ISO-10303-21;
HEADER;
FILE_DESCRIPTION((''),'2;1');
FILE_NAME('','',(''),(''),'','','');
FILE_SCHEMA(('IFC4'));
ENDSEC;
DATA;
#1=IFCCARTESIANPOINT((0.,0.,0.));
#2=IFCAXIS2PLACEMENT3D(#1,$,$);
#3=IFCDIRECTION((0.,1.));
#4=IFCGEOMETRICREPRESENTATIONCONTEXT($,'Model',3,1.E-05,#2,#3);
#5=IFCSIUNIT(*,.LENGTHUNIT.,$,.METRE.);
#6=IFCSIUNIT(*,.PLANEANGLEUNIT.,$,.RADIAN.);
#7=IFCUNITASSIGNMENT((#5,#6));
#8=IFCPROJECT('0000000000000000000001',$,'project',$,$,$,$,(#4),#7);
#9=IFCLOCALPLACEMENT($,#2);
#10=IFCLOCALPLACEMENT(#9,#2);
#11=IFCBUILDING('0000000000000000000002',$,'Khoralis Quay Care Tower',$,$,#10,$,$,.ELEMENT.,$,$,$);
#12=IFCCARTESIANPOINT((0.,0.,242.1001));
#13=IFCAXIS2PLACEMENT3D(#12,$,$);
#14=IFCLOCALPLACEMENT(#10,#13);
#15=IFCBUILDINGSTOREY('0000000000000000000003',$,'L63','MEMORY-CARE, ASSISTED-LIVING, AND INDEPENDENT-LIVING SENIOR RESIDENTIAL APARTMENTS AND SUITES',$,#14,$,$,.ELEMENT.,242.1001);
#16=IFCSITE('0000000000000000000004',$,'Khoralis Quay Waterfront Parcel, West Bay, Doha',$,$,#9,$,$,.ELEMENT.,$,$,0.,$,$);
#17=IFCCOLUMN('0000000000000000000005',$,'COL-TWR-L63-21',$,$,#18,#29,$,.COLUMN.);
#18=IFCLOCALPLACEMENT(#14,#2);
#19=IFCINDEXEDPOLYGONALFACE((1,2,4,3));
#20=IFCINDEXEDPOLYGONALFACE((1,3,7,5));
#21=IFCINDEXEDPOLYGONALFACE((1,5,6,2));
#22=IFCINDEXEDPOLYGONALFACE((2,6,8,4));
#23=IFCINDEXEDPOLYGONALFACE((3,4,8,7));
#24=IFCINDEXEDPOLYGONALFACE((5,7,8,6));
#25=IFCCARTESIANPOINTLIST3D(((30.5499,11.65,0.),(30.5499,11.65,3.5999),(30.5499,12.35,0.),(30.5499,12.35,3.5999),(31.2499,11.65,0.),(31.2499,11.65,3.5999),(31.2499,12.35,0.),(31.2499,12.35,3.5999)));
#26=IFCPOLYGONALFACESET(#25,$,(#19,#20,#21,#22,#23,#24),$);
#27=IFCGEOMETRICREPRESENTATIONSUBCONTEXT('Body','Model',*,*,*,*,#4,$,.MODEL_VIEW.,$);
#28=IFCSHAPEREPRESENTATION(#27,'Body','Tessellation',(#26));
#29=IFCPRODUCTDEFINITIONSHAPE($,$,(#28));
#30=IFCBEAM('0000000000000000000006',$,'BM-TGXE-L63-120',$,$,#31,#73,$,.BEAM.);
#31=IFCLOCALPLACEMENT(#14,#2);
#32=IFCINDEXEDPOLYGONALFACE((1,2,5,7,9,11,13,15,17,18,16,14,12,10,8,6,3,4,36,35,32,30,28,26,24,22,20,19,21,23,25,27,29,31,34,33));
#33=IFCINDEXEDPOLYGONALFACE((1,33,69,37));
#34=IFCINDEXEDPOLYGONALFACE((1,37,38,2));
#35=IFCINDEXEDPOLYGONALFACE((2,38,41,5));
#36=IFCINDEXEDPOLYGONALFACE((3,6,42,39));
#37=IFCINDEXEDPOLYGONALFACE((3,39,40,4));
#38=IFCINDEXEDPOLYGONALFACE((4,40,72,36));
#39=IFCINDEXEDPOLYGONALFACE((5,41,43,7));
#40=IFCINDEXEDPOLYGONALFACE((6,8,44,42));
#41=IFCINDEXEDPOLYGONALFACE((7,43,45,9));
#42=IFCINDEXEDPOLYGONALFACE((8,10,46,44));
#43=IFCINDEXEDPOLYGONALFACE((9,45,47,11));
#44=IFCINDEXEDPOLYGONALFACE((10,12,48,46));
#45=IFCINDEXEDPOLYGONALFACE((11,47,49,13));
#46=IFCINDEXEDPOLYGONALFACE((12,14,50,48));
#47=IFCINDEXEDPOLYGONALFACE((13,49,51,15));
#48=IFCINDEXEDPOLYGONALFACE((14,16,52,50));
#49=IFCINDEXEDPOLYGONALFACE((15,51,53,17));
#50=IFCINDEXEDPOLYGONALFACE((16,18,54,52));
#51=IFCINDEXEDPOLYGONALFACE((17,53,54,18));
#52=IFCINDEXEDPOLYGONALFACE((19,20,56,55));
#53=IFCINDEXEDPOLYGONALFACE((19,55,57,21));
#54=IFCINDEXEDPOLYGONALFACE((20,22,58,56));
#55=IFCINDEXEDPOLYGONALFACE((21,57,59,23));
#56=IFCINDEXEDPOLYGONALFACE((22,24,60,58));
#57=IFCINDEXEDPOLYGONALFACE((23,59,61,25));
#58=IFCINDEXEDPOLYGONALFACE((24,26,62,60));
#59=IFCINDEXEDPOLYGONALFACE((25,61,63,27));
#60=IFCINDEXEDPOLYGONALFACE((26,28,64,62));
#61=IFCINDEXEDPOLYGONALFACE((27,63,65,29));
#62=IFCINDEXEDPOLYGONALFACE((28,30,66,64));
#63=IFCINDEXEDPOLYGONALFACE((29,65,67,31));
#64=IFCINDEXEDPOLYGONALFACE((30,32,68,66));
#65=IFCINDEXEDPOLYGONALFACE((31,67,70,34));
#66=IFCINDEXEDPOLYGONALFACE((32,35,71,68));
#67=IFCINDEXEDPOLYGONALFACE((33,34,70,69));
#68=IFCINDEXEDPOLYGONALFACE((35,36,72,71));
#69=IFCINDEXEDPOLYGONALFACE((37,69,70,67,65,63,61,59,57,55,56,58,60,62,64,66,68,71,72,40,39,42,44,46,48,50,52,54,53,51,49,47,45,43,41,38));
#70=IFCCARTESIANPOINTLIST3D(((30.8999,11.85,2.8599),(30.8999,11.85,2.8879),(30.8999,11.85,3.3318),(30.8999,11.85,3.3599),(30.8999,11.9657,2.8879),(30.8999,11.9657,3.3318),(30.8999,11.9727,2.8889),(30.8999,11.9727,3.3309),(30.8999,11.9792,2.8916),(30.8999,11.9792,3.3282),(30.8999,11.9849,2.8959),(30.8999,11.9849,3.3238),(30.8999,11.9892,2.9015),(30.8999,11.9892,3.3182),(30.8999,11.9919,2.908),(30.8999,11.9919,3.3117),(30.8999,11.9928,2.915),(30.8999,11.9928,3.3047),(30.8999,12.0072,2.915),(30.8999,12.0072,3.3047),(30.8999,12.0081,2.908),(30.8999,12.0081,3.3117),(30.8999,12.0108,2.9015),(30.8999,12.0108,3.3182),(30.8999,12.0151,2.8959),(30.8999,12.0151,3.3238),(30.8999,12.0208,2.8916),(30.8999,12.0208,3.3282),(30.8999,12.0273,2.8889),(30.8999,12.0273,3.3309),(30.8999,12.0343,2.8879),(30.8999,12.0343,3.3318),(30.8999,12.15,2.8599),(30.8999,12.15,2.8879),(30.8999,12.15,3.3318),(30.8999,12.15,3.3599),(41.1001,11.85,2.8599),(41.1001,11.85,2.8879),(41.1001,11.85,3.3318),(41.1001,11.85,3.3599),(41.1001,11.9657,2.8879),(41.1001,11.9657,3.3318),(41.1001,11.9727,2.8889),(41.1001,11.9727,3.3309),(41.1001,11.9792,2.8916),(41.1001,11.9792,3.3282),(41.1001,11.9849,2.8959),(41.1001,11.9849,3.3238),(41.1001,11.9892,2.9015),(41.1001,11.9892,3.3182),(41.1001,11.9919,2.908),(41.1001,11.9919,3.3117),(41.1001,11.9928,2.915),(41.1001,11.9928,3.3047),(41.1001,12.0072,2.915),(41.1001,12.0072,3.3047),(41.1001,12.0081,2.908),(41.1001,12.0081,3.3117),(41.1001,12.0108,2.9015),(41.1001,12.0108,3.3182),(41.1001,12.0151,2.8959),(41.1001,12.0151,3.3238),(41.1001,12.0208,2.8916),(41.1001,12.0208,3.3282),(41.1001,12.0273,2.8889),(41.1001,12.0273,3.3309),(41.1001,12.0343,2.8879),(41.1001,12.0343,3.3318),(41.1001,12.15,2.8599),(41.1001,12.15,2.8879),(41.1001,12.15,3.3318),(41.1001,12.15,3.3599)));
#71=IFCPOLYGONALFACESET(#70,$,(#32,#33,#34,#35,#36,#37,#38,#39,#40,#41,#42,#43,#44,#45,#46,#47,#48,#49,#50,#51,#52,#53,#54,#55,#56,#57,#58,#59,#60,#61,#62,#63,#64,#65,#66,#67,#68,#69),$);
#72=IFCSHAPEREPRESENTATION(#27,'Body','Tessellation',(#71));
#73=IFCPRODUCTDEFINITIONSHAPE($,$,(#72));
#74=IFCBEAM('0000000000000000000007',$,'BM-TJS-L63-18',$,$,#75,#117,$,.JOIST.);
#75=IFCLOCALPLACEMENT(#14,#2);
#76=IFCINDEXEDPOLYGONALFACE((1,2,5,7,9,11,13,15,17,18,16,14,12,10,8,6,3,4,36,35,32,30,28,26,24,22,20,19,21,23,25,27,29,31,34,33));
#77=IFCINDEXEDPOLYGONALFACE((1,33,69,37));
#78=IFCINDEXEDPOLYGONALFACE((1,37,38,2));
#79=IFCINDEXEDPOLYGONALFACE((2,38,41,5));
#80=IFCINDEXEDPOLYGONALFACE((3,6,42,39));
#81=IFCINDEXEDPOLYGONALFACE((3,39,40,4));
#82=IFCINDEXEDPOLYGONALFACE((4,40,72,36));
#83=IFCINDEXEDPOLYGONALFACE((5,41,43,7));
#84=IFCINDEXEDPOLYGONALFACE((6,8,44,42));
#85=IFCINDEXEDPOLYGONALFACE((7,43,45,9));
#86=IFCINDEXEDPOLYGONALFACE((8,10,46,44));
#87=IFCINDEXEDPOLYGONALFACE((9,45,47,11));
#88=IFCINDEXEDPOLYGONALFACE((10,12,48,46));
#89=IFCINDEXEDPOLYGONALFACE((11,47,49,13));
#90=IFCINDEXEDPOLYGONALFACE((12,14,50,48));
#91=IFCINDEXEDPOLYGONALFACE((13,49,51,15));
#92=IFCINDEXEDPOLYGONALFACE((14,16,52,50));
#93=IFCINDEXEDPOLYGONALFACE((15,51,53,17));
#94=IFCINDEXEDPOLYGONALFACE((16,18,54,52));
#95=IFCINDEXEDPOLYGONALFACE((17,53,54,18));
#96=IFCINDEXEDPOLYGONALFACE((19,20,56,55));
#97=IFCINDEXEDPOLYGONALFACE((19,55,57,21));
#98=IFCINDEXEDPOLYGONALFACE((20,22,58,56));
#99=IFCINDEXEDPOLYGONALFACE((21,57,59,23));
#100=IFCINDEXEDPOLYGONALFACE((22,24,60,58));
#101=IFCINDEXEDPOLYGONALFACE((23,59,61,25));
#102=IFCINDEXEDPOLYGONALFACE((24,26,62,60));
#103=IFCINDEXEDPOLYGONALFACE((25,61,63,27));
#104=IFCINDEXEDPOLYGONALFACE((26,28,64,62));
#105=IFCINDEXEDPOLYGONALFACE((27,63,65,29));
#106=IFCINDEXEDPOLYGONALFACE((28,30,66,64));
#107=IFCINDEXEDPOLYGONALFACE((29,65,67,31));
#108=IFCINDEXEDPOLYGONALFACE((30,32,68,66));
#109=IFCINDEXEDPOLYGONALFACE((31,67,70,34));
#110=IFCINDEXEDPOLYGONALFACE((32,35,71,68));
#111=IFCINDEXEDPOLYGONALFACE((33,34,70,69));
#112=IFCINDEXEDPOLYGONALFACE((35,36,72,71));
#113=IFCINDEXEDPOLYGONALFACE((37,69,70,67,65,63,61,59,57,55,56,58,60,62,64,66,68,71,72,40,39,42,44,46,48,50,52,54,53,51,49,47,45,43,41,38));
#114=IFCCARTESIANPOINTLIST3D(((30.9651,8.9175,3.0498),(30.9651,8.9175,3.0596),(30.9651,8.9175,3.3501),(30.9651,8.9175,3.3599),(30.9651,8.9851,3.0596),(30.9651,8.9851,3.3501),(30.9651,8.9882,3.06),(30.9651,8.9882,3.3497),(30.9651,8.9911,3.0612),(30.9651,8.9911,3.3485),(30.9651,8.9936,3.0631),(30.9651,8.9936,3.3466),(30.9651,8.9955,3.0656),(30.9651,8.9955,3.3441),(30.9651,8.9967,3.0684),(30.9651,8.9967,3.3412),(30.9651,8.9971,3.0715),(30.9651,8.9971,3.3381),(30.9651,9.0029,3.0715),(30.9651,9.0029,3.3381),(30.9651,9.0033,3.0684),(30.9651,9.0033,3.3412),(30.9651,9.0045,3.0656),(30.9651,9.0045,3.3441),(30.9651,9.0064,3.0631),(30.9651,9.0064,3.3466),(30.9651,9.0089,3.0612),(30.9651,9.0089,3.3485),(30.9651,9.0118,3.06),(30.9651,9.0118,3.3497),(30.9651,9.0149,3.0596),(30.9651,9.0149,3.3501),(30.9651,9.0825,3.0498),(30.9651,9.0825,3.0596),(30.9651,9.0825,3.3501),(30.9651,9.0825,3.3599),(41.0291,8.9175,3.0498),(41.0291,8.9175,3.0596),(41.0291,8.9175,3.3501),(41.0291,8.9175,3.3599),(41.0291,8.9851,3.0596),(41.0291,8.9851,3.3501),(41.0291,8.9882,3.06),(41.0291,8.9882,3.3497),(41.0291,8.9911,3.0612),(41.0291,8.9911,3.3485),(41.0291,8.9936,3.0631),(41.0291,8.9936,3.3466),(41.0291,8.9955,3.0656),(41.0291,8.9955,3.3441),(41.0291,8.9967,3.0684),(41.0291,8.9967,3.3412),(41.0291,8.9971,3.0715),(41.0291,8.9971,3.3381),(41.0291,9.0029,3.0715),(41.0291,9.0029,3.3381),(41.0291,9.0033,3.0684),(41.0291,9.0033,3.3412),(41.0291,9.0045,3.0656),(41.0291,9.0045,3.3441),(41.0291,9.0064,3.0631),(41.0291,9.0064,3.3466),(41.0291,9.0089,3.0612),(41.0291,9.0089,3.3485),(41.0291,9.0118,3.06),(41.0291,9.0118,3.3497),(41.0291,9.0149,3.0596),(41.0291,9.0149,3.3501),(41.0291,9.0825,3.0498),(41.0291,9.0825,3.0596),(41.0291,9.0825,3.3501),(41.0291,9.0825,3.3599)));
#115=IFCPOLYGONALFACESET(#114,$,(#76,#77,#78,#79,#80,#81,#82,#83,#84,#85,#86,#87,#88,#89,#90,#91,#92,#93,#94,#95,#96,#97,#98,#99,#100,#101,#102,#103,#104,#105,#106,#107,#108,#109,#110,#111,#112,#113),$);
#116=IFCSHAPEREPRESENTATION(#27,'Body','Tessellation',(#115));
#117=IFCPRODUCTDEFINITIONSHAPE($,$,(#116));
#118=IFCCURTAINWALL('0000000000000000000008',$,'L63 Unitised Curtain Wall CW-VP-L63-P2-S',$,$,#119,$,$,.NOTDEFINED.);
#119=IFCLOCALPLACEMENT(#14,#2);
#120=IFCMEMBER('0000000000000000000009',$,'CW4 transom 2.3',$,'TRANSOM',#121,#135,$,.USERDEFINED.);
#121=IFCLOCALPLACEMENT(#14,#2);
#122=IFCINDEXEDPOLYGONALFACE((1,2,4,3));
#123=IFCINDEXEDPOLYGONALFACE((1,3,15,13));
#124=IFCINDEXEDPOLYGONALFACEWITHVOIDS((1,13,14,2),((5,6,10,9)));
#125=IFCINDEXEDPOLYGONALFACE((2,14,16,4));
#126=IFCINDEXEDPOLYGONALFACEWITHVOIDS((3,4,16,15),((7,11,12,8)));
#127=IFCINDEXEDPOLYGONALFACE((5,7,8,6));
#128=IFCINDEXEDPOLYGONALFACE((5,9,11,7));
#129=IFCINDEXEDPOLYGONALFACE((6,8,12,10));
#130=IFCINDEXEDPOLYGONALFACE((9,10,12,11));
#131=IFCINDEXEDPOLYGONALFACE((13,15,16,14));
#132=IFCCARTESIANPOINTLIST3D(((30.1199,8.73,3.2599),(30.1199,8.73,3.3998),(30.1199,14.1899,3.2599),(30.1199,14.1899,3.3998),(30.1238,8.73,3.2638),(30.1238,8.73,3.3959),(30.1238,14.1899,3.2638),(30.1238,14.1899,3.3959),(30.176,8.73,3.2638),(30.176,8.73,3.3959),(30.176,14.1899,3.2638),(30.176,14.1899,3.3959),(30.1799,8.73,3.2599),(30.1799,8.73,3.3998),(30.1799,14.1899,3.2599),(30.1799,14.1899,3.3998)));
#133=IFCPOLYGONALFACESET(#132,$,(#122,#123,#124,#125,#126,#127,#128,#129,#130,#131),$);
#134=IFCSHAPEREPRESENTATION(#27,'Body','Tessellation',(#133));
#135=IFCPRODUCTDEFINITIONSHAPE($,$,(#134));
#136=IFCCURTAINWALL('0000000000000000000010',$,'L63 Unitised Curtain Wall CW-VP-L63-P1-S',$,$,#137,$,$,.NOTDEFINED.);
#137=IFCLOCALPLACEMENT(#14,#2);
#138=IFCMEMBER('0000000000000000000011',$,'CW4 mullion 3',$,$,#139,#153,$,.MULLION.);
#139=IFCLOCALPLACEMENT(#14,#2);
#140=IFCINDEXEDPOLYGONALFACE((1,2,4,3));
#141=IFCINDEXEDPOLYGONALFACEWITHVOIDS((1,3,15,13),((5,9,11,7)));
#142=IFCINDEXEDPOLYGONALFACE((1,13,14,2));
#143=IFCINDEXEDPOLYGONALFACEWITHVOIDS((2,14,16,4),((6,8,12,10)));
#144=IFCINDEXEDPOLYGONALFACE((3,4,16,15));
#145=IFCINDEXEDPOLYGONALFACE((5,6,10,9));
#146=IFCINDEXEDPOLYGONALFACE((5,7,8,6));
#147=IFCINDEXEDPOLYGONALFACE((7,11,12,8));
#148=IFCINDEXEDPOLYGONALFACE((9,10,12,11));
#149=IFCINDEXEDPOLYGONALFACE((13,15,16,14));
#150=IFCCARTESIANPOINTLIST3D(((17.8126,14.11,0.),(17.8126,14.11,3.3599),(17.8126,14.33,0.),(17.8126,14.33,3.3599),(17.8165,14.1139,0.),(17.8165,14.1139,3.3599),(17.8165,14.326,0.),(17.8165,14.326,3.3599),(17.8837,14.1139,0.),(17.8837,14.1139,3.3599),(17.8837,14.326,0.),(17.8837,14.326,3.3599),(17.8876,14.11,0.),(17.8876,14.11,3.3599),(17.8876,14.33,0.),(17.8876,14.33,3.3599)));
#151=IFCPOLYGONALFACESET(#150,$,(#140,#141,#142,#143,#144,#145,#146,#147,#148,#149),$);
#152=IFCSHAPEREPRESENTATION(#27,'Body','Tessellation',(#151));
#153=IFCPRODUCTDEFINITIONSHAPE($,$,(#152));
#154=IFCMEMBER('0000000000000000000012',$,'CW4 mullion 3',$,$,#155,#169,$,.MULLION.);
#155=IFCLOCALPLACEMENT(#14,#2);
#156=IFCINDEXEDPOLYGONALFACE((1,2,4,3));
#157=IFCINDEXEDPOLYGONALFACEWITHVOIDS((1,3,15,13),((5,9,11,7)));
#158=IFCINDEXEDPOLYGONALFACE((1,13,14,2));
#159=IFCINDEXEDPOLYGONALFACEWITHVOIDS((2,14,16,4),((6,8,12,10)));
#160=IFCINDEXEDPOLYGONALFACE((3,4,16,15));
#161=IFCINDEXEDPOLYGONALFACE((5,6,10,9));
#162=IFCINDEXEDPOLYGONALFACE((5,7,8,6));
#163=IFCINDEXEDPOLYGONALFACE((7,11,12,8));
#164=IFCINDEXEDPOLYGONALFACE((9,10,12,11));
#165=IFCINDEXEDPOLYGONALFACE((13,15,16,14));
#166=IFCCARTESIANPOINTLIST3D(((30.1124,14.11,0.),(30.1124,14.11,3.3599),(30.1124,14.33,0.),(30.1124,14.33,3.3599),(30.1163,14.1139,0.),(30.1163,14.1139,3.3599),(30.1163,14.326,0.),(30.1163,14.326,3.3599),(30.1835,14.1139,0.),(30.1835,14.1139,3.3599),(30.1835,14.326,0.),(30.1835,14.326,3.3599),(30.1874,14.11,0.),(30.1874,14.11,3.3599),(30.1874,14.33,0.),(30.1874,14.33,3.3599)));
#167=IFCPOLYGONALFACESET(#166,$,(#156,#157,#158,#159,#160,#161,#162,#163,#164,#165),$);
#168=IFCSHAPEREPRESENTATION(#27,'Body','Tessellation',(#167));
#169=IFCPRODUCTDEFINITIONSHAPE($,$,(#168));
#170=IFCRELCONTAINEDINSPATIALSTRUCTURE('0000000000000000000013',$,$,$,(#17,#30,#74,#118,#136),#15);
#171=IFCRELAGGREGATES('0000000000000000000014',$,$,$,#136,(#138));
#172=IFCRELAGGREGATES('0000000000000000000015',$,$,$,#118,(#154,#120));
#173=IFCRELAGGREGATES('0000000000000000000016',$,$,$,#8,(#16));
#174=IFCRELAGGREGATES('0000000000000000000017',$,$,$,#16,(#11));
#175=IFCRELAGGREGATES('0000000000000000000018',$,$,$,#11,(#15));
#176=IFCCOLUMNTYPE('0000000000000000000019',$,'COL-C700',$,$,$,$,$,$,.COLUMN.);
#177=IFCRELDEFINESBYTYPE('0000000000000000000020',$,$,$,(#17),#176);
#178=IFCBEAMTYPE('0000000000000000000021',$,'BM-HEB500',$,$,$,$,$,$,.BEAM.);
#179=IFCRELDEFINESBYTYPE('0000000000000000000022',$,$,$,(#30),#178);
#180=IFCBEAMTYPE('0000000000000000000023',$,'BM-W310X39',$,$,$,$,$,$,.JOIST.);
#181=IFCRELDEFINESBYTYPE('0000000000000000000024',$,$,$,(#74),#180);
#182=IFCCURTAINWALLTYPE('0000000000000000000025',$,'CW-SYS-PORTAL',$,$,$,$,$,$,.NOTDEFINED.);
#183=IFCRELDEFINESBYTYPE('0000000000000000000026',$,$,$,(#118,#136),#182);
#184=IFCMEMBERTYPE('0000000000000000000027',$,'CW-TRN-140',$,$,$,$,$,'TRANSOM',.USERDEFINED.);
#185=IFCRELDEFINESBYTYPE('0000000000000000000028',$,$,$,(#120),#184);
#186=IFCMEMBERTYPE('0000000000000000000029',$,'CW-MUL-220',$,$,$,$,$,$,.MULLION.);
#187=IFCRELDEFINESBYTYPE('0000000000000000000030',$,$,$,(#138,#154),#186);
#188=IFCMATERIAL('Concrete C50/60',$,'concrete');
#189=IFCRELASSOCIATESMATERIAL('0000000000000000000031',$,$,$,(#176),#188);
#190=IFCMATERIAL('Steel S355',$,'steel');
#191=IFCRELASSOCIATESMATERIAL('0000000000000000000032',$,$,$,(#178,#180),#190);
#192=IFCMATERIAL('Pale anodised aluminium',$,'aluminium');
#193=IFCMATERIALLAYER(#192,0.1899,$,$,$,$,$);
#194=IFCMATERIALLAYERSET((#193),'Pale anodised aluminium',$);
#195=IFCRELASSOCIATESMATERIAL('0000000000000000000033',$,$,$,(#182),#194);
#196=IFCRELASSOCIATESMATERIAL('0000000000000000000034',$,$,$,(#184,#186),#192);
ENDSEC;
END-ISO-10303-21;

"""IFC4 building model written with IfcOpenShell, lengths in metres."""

from ifc_helpers import new_model, si_unit, direction, frame, origin, origin_2d, place, context, subcontext, project, spatial, rectangle, hollow_rectangle, i_section, extrude, source, transform, mapped, material, layer, layer_set, material_profile, profile_set, type_object, element, aggregate, save


model = new_model("IFC4")

# Units and contexts
model_context = context("Model", 3, precision=1e-05, world=origin(), true_north=direction((0.0, 1.0)))
body_context = subcontext(model_context, "Body", "Model", "MODEL_VIEW")
ifc_project = project(units=[si_unit("LENGTHUNIT", "METRE"), si_unit("PLANEANGLEUNIT", "RADIAN")], contexts=[model_context])

# Site, building, storey
site_placement = place(None, origin())
site = spatial("IfcSite", under=ifc_project, at=site_placement, Name="Khoralis Quay Waterfront Parcel, West Bay, Doha", CompositionType="ELEMENT", RefElevation=0.0)
building_placement = place(site_placement, origin())
building = spatial("IfcBuilding", under=site, at=building_placement, Name="Khoralis Quay Care Tower", CompositionType="ELEMENT")
storey_placement = place(building_placement, frame((0.0, 0.0, 242.1001)))
storey = spatial("IfcBuildingStorey", under=building, at=storey_placement, Name="L63", Description="MEMORY-CARE, ASSISTED-LIVING, AND INDEPENDENT-LIVING SENIOR RESIDENTIAL APARTMENTS AND SUITES", CompositionType="ELEMENT", Elevation=242.1001)

# Column
ifc_material_1 = material(Name="Concrete C50/60", Category="concrete")
ifc_material_profile_1 = material_profile(ifc_material_1, rectangle(XDim=0.7, YDim=0.7, at=origin_2d()), Name="Concrete C50/60")
ifc_profile_set_1 = profile_set([ifc_material_profile_1], Name="Concrete C50/60")
column_type = type_object("IfcColumnType", Name="COL-C700", PredefinedType="COLUMN", material=ifc_profile_set_1)
shared_shape_1 = source(origin(), body_context, "Body", "SweptSolid", [
    extrude(rectangle(XDim=0.7, YDim=0.7, at=origin_2d()), origin(), (0.0, 0.0, 1.0), 3.5999),
])
column_placement = place(storey_placement, frame((30.8999, 12.0, 0.0), z_axis=(0.0, 0.0, 1.0), x_axis=(1.0, 0.0, 0.0)))
element("IfcColumn", 1, at=column_placement, inside=storey, type_object=column_type, Name="COL-TWR-L63-21", PredefinedType="COLUMN", context=body_context, shape_type="MappedRepresentation", body=[
    mapped(shared_shape_1, transform((0.0, 0.0, 0.0), scale=1.0)),
])

# Beams
ifc_material_2 = material(Name="Steel S355", Category="steel")
ifc_material_profile_2 = material_profile(ifc_material_2, i_section(OverallWidth=0.3, OverallDepth=0.5, WebThickness=0.0144, FlangeThickness=0.0281, FilletRadius=0.0271, at=origin_2d()), Name="Steel S355")
ifc_profile_set_2 = profile_set([ifc_material_profile_2], Name="Steel S355")
beam_type_1 = type_object("IfcBeamType", Name="BM-HEB500", PredefinedType="BEAM", material=ifc_profile_set_2)
shared_shape_2 = source(origin(), body_context, "Body", "SweptSolid", [
    extrude(i_section(OverallWidth=0.3, OverallDepth=0.5, WebThickness=0.0144, FlangeThickness=0.0281, FilletRadius=0.0271, at=origin_2d()), origin(), (0.0, 0.0, 1.0), 10.2002),
])
beam_1_placement = place(storey_placement, frame((30.8999, 12.0, 3.1099), z_axis=(1.0, 0.0, 0.0), x_axis=(0.0, 1.0, 0.0)))
element("IfcBeam", 2, at=beam_1_placement, inside=storey, type_object=beam_type_1, Name="BM-TGXE-L63-120", PredefinedType="BEAM", context=body_context, shape_type="MappedRepresentation", body=[
    mapped(shared_shape_2, transform((0.0, 0.0, 0.0), scale=1.0)),
])
ifc_material_profile_3 = material_profile(ifc_material_2, i_section(OverallWidth=0.165, OverallDepth=0.3101, WebThickness=0.0059, FlangeThickness=0.0098, FilletRadius=0.012, at=origin_2d()), Name="Steel S355")
ifc_profile_set_3 = profile_set([ifc_material_profile_3], Name="Steel S355")
beam_type_2 = type_object("IfcBeamType", Name="BM-W310X39", PredefinedType="JOIST", material=ifc_profile_set_3)
shared_shape_3 = source(origin(), body_context, "Body", "SweptSolid", [
    extrude(i_section(OverallWidth=0.165, OverallDepth=0.3101, WebThickness=0.0059, FlangeThickness=0.0098, FilletRadius=0.012, at=origin_2d()), origin(), (0.0, 0.0, 1.0), 10.064),
])
beam_2_placement = place(storey_placement, frame((30.9651, 9.0, 3.2048), z_axis=(1.0, 0.0, 0.0), x_axis=(0.0, 1.0, 0.0)))
element("IfcBeam", 3, at=beam_2_placement, inside=storey, type_object=beam_type_2, Name="BM-TJS-L63-18", PredefinedType="JOIST", context=body_context, shape_type="MappedRepresentation", body=[
    mapped(shared_shape_3, transform((0.0, 0.0, 0.0), scale=1.0)),
])

# Curtain walls, members
ifc_material_3 = material(Name="Pale anodised aluminium", Category="aluminium")
ifc_layer_1 = layer(ifc_material_3, 0.1899)
ifc_layer_set_1 = layer_set([ifc_layer_1], Name="Pale anodised aluminium")
curtain_wall_type = type_object("IfcCurtainWallType", Name="CW-SYS-PORTAL", PredefinedType="NOTDEFINED", material=ifc_layer_set_1)
curtain_wall_1_placement = place(storey_placement, origin())
curtain_wall_1 = element("IfcCurtainWall", 4, at=curtain_wall_1_placement, inside=storey, type_object=curtain_wall_type, Name="L63 Unitised Curtain Wall CW-VP-L63-P2-S", PredefinedType="NOTDEFINED")
ifc_material_profile_4 = material_profile(ifc_material_3, hollow_rectangle(XDim=0.0601, YDim=0.1399, WallThickness=0.0039, at=origin_2d()), Name="Pale anodised aluminium")
ifc_profile_set_4 = profile_set([ifc_material_profile_4], Name="Pale anodised aluminium")
member_type_1 = type_object("IfcMemberType", Name="CW-TRN-140", ElementType="TRANSOM", PredefinedType="USERDEFINED", material=ifc_profile_set_4)
shared_shape_4 = source(origin(), body_context, "Body", "SweptSolid", [
    extrude(hollow_rectangle(XDim=0.0601, YDim=0.1399, WallThickness=0.0039, at=origin_2d()), origin(), (0.0, 0.0, 1.0), 5.46),
])
member_1_placement = place(storey_placement, frame((30.1499, 8.73, 3.3298), z_axis=(0.0, 1.0, 0.0), x_axis=(-1.0, 0.0, 0.0)))
member_1 = element("IfcMember", 5, at=member_1_placement, type_object=member_type_1, Name="CW4 transom 2.3", ObjectType="TRANSOM", PredefinedType="USERDEFINED", context=body_context, shape_type="MappedRepresentation", body=[
    mapped(shared_shape_4, transform((0.0, 0.0, 0.0), scale=1.0)),
])
curtain_wall_2_placement = place(storey_placement, origin())
curtain_wall_2 = element("IfcCurtainWall", 6, at=curtain_wall_2_placement, inside=storey, type_object=curtain_wall_type, Name="L63 Unitised Curtain Wall CW-VP-L63-P1-S", PredefinedType="NOTDEFINED")
ifc_material_profile_5 = material_profile(ifc_material_3, hollow_rectangle(XDim=0.075, YDim=0.22, WallThickness=0.0039, at=origin_2d()), Name="Pale anodised aluminium")
ifc_profile_set_5 = profile_set([ifc_material_profile_5], Name="Pale anodised aluminium")
member_type_2 = type_object("IfcMemberType", Name="CW-MUL-220", PredefinedType="MULLION", material=ifc_profile_set_5)
shared_shape_5 = source(origin(), body_context, "Body", "SweptSolid", [
    extrude(hollow_rectangle(XDim=0.075, YDim=0.22, WallThickness=0.0039, at=origin_2d()), origin(), (0.0, 0.0, 1.0), 3.3599),
])
member_2_placement = place(storey_placement, frame((17.8501, 14.22, 0.0), z_axis=(0.0, 0.0, 1.0), x_axis=(-1.0, 0.0, 0.0)))
member_2 = element("IfcMember", 7, at=member_2_placement, type_object=member_type_2, Name="CW4 mullion 3", PredefinedType="MULLION", context=body_context, shape_type="MappedRepresentation", body=[
    mapped(shared_shape_5, transform((0.0, 0.0, 0.0), scale=1.0)),
])

# Member
member_3_placement = place(storey_placement, frame((30.1499, 14.22, 0.0), z_axis=(0.0, 0.0, 1.0), x_axis=(-1.0, 0.0, 0.0)))
member_3 = element("IfcMember", 8, at=member_3_placement, type_object=member_type_2, Name="CW4 mullion 3", PredefinedType="MULLION", context=body_context, shape_type="MappedRepresentation", body=[
    mapped(shared_shape_5, transform((0.0, 0.0, 0.0), scale=1.0)),
])

aggregate(curtain_wall_2, [member_2])
aggregate(curtain_wall_1, [member_3, member_1])

save(model, "model.ifc")
